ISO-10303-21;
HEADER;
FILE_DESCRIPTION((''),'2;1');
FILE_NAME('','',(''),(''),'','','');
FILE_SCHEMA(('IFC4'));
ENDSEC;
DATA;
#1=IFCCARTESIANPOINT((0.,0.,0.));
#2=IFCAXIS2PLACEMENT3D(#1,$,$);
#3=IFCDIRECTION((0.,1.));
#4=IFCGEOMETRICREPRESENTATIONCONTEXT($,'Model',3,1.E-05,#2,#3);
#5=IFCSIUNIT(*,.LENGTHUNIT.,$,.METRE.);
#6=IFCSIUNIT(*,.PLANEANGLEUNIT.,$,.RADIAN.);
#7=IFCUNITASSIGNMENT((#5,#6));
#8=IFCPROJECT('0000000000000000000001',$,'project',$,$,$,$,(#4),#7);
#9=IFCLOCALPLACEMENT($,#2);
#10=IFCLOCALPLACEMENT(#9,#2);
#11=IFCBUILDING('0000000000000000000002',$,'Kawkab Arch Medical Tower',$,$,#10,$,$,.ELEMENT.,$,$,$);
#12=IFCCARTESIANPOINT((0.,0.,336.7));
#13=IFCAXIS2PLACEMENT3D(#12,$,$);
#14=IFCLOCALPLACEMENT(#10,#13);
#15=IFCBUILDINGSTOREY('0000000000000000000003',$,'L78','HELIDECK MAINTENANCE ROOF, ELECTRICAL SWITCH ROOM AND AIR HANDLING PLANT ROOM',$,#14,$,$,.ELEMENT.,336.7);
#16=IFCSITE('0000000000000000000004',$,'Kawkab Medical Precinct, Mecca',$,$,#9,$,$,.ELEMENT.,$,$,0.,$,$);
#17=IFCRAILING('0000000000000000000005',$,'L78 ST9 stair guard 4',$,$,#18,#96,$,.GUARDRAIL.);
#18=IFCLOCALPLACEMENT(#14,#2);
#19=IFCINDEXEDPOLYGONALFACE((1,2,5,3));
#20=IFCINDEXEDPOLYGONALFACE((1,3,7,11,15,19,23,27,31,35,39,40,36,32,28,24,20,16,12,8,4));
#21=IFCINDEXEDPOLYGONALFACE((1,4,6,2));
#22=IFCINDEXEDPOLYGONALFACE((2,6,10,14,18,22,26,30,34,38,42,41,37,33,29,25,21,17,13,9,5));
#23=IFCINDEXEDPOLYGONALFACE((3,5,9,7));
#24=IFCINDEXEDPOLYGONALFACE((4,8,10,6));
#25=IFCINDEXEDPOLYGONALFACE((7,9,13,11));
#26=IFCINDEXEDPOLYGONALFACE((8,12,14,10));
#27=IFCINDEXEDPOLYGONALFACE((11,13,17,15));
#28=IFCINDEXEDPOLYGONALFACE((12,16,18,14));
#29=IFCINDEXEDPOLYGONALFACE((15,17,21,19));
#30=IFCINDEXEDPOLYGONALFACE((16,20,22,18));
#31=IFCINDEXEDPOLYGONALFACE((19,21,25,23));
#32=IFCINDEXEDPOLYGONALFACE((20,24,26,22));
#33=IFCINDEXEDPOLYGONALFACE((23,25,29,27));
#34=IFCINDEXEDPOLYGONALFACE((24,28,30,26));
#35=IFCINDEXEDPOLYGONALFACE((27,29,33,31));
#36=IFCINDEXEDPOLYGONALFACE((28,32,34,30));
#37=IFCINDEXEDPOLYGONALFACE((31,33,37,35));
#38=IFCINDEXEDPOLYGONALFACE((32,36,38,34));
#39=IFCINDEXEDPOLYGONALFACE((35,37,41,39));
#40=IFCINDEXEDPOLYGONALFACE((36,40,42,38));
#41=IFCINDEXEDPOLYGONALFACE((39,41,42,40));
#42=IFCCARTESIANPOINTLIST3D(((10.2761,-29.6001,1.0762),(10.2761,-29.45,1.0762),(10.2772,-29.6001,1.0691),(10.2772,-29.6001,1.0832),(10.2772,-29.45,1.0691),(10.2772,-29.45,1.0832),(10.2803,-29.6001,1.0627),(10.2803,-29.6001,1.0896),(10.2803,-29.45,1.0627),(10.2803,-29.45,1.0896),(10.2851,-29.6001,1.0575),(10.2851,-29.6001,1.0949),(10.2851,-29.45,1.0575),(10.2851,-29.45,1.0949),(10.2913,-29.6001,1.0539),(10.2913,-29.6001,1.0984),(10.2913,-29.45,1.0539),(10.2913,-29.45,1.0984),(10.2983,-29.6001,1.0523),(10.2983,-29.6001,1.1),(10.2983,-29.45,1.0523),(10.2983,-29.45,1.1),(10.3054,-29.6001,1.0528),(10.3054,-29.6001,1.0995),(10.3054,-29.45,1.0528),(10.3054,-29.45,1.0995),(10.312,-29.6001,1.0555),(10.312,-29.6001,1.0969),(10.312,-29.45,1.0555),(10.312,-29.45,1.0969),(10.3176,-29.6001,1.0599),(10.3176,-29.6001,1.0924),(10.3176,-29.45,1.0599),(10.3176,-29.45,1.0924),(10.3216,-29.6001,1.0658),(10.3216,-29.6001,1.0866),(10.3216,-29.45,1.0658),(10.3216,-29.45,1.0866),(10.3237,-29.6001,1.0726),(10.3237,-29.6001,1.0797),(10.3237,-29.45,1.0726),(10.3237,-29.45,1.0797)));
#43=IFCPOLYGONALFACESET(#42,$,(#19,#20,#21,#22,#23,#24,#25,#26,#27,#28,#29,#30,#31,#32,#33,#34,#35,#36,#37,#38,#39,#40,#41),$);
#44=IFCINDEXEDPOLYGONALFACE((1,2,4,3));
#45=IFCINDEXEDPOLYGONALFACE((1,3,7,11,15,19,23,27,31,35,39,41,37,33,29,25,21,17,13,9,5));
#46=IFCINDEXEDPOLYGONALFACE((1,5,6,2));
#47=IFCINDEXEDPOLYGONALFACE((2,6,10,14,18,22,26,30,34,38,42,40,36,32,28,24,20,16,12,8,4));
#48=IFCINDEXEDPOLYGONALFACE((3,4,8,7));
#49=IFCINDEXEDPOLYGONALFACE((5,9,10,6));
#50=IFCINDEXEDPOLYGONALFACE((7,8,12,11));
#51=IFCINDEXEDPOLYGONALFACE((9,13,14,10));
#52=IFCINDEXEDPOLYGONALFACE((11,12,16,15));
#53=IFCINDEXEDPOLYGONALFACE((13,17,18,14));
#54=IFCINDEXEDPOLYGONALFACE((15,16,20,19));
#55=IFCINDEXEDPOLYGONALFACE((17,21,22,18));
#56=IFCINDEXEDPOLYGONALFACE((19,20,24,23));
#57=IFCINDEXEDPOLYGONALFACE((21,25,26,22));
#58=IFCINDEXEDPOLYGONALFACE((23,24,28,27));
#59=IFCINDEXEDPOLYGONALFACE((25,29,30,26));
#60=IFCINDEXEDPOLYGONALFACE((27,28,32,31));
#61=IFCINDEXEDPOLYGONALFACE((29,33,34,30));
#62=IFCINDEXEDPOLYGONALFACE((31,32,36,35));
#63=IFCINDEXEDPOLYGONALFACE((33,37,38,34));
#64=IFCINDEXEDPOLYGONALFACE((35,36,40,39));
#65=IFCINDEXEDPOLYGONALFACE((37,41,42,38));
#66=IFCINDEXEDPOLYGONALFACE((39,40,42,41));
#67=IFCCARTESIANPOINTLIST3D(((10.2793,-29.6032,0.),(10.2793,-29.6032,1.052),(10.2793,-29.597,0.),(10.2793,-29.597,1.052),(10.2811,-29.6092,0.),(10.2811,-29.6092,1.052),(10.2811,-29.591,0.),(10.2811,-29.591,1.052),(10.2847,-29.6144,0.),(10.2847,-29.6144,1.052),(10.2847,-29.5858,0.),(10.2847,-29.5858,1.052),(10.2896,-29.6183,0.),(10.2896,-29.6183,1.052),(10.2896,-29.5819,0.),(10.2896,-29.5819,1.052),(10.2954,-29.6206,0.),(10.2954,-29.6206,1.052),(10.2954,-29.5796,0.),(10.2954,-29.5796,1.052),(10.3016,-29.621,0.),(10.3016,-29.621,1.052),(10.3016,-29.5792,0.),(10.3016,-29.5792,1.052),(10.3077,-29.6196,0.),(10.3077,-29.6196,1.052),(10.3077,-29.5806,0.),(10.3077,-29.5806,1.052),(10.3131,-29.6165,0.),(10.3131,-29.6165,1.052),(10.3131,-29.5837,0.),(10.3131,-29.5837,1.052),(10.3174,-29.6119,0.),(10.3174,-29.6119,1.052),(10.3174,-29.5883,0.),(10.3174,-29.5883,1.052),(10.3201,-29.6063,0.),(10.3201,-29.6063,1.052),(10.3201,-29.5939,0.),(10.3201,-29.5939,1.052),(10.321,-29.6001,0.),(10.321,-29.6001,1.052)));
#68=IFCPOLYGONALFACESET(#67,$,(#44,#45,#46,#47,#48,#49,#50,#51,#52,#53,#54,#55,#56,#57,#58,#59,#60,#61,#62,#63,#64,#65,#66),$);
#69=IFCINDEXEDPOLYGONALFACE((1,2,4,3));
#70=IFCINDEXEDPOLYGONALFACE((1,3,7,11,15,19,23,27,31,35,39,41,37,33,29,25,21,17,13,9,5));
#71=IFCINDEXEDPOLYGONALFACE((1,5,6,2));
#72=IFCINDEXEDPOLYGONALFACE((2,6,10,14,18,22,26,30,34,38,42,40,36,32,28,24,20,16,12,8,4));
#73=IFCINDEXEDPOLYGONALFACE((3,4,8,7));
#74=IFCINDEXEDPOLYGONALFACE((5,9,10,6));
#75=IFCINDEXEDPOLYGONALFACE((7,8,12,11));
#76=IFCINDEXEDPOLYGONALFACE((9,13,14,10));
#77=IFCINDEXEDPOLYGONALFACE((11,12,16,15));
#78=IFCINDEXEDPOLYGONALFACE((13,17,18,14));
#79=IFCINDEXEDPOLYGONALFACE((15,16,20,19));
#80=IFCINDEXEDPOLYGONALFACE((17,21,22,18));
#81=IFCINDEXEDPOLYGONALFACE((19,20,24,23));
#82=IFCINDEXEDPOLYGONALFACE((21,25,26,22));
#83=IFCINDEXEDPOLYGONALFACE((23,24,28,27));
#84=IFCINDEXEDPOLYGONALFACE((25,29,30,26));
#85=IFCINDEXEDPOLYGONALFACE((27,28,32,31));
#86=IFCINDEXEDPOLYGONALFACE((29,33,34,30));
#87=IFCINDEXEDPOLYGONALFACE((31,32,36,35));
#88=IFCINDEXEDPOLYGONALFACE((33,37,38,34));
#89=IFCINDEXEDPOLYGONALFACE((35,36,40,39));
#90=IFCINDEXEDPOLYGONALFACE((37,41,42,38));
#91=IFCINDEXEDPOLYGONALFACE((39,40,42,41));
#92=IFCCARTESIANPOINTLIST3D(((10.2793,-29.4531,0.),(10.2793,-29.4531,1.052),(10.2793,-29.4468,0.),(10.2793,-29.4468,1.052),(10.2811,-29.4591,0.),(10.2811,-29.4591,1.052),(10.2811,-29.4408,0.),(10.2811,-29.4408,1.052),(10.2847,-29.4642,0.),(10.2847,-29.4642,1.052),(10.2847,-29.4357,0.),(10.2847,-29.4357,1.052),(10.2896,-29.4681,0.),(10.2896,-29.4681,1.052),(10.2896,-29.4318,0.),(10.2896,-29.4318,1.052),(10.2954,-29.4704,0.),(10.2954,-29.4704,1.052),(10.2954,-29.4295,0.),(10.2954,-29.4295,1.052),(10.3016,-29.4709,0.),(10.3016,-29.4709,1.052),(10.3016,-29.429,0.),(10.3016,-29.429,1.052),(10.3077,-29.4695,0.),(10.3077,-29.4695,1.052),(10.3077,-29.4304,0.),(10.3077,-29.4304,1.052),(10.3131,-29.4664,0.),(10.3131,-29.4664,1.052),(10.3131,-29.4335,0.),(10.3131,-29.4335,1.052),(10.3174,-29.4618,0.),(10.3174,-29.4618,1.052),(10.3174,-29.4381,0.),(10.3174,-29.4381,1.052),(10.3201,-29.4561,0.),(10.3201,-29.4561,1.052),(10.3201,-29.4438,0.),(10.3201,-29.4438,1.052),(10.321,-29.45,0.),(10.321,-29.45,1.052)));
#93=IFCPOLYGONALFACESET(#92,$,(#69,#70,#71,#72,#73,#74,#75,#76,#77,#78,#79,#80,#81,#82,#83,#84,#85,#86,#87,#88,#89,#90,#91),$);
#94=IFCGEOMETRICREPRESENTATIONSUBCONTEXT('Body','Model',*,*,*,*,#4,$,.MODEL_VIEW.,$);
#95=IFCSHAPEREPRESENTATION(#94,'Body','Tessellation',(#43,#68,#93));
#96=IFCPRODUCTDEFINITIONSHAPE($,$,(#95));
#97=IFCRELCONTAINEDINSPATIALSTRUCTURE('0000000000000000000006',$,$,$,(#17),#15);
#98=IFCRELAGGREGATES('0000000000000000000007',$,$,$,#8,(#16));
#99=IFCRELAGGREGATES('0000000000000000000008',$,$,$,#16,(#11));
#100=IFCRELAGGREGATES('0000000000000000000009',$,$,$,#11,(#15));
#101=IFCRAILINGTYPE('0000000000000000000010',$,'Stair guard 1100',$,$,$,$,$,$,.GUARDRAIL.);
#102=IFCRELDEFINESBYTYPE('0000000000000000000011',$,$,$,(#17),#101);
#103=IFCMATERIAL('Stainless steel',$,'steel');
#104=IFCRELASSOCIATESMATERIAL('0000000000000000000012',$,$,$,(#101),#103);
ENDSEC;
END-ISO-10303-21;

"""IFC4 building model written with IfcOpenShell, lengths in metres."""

from ifc_helpers import new_model, si_unit, direction, frame, origin, origin_2d, place, context, subcontext, project, spatial, circle, extrude, material, type_object, element, save


model = new_model("IFC4")

# Units and contexts
model_context = context("Model", 3, precision=1e-05, world=origin(), true_north=direction((0.0, 1.0)))
body_context = subcontext(model_context, "Body", "Model", "MODEL_VIEW")
ifc_project = project(units=[si_unit("LENGTHUNIT", "METRE"), si_unit("PLANEANGLEUNIT", "RADIAN")], contexts=[model_context])

# Site, building, storey
site_placement = place(None, origin())
site = spatial("IfcSite", under=ifc_project, at=site_placement, Name="Kawkab Medical Precinct, Mecca", CompositionType="ELEMENT", RefElevation=0.0)
building_placement = place(site_placement, origin())
building = spatial("IfcBuilding", under=site, at=building_placement, Name="Kawkab Arch Medical Tower", CompositionType="ELEMENT")
storey_placement = place(building_placement, frame((0.0, 0.0, 336.7)))
storey = spatial("IfcBuildingStorey", under=building, at=storey_placement, Name="L78", Description="HELIDECK MAINTENANCE ROOF, ELECTRICAL SWITCH ROOM AND AIR HANDLING PLANT ROOM", CompositionType="ELEMENT", Elevation=336.7)

# Railing
ifc_material_1 = material(Name="Stainless steel", Category="steel")
railing_type = type_object("IfcRailingType", Name="Stair guard 1100", PredefinedType="GUARDRAIL", material=ifc_material_1)
railing_1_placement = place(storey_placement, frame((10.3, -29.6001, 0.0)))
element("IfcRailing", 1, at=railing_1_placement, inside=storey, type_object=railing_type, Name="L78 ST9 stair guard 4", PredefinedType="GUARDRAIL", context=body_context, shape_type="SweptSolid", body=[
    extrude(circle(Radius=0.0239, at=origin_2d()), frame((0.0, 0.0, 1.0762), z_axis=(0.0, 1.0, 0.0), x_axis=(-1.0, 0.0, 0.0)), (0.0, 0.0, 1.0), 0.1501),
    extrude(circle(Radius=0.021, at=origin_2d()), origin(), (0.0, 0.0, 1.0), 1.052),
    extrude(circle(Radius=0.021, at=origin_2d()), frame((0.0, 0.1501, 0.0)), (0.0, 0.0, 1.0), 1.052),
])

save(model, "model.ifc")
